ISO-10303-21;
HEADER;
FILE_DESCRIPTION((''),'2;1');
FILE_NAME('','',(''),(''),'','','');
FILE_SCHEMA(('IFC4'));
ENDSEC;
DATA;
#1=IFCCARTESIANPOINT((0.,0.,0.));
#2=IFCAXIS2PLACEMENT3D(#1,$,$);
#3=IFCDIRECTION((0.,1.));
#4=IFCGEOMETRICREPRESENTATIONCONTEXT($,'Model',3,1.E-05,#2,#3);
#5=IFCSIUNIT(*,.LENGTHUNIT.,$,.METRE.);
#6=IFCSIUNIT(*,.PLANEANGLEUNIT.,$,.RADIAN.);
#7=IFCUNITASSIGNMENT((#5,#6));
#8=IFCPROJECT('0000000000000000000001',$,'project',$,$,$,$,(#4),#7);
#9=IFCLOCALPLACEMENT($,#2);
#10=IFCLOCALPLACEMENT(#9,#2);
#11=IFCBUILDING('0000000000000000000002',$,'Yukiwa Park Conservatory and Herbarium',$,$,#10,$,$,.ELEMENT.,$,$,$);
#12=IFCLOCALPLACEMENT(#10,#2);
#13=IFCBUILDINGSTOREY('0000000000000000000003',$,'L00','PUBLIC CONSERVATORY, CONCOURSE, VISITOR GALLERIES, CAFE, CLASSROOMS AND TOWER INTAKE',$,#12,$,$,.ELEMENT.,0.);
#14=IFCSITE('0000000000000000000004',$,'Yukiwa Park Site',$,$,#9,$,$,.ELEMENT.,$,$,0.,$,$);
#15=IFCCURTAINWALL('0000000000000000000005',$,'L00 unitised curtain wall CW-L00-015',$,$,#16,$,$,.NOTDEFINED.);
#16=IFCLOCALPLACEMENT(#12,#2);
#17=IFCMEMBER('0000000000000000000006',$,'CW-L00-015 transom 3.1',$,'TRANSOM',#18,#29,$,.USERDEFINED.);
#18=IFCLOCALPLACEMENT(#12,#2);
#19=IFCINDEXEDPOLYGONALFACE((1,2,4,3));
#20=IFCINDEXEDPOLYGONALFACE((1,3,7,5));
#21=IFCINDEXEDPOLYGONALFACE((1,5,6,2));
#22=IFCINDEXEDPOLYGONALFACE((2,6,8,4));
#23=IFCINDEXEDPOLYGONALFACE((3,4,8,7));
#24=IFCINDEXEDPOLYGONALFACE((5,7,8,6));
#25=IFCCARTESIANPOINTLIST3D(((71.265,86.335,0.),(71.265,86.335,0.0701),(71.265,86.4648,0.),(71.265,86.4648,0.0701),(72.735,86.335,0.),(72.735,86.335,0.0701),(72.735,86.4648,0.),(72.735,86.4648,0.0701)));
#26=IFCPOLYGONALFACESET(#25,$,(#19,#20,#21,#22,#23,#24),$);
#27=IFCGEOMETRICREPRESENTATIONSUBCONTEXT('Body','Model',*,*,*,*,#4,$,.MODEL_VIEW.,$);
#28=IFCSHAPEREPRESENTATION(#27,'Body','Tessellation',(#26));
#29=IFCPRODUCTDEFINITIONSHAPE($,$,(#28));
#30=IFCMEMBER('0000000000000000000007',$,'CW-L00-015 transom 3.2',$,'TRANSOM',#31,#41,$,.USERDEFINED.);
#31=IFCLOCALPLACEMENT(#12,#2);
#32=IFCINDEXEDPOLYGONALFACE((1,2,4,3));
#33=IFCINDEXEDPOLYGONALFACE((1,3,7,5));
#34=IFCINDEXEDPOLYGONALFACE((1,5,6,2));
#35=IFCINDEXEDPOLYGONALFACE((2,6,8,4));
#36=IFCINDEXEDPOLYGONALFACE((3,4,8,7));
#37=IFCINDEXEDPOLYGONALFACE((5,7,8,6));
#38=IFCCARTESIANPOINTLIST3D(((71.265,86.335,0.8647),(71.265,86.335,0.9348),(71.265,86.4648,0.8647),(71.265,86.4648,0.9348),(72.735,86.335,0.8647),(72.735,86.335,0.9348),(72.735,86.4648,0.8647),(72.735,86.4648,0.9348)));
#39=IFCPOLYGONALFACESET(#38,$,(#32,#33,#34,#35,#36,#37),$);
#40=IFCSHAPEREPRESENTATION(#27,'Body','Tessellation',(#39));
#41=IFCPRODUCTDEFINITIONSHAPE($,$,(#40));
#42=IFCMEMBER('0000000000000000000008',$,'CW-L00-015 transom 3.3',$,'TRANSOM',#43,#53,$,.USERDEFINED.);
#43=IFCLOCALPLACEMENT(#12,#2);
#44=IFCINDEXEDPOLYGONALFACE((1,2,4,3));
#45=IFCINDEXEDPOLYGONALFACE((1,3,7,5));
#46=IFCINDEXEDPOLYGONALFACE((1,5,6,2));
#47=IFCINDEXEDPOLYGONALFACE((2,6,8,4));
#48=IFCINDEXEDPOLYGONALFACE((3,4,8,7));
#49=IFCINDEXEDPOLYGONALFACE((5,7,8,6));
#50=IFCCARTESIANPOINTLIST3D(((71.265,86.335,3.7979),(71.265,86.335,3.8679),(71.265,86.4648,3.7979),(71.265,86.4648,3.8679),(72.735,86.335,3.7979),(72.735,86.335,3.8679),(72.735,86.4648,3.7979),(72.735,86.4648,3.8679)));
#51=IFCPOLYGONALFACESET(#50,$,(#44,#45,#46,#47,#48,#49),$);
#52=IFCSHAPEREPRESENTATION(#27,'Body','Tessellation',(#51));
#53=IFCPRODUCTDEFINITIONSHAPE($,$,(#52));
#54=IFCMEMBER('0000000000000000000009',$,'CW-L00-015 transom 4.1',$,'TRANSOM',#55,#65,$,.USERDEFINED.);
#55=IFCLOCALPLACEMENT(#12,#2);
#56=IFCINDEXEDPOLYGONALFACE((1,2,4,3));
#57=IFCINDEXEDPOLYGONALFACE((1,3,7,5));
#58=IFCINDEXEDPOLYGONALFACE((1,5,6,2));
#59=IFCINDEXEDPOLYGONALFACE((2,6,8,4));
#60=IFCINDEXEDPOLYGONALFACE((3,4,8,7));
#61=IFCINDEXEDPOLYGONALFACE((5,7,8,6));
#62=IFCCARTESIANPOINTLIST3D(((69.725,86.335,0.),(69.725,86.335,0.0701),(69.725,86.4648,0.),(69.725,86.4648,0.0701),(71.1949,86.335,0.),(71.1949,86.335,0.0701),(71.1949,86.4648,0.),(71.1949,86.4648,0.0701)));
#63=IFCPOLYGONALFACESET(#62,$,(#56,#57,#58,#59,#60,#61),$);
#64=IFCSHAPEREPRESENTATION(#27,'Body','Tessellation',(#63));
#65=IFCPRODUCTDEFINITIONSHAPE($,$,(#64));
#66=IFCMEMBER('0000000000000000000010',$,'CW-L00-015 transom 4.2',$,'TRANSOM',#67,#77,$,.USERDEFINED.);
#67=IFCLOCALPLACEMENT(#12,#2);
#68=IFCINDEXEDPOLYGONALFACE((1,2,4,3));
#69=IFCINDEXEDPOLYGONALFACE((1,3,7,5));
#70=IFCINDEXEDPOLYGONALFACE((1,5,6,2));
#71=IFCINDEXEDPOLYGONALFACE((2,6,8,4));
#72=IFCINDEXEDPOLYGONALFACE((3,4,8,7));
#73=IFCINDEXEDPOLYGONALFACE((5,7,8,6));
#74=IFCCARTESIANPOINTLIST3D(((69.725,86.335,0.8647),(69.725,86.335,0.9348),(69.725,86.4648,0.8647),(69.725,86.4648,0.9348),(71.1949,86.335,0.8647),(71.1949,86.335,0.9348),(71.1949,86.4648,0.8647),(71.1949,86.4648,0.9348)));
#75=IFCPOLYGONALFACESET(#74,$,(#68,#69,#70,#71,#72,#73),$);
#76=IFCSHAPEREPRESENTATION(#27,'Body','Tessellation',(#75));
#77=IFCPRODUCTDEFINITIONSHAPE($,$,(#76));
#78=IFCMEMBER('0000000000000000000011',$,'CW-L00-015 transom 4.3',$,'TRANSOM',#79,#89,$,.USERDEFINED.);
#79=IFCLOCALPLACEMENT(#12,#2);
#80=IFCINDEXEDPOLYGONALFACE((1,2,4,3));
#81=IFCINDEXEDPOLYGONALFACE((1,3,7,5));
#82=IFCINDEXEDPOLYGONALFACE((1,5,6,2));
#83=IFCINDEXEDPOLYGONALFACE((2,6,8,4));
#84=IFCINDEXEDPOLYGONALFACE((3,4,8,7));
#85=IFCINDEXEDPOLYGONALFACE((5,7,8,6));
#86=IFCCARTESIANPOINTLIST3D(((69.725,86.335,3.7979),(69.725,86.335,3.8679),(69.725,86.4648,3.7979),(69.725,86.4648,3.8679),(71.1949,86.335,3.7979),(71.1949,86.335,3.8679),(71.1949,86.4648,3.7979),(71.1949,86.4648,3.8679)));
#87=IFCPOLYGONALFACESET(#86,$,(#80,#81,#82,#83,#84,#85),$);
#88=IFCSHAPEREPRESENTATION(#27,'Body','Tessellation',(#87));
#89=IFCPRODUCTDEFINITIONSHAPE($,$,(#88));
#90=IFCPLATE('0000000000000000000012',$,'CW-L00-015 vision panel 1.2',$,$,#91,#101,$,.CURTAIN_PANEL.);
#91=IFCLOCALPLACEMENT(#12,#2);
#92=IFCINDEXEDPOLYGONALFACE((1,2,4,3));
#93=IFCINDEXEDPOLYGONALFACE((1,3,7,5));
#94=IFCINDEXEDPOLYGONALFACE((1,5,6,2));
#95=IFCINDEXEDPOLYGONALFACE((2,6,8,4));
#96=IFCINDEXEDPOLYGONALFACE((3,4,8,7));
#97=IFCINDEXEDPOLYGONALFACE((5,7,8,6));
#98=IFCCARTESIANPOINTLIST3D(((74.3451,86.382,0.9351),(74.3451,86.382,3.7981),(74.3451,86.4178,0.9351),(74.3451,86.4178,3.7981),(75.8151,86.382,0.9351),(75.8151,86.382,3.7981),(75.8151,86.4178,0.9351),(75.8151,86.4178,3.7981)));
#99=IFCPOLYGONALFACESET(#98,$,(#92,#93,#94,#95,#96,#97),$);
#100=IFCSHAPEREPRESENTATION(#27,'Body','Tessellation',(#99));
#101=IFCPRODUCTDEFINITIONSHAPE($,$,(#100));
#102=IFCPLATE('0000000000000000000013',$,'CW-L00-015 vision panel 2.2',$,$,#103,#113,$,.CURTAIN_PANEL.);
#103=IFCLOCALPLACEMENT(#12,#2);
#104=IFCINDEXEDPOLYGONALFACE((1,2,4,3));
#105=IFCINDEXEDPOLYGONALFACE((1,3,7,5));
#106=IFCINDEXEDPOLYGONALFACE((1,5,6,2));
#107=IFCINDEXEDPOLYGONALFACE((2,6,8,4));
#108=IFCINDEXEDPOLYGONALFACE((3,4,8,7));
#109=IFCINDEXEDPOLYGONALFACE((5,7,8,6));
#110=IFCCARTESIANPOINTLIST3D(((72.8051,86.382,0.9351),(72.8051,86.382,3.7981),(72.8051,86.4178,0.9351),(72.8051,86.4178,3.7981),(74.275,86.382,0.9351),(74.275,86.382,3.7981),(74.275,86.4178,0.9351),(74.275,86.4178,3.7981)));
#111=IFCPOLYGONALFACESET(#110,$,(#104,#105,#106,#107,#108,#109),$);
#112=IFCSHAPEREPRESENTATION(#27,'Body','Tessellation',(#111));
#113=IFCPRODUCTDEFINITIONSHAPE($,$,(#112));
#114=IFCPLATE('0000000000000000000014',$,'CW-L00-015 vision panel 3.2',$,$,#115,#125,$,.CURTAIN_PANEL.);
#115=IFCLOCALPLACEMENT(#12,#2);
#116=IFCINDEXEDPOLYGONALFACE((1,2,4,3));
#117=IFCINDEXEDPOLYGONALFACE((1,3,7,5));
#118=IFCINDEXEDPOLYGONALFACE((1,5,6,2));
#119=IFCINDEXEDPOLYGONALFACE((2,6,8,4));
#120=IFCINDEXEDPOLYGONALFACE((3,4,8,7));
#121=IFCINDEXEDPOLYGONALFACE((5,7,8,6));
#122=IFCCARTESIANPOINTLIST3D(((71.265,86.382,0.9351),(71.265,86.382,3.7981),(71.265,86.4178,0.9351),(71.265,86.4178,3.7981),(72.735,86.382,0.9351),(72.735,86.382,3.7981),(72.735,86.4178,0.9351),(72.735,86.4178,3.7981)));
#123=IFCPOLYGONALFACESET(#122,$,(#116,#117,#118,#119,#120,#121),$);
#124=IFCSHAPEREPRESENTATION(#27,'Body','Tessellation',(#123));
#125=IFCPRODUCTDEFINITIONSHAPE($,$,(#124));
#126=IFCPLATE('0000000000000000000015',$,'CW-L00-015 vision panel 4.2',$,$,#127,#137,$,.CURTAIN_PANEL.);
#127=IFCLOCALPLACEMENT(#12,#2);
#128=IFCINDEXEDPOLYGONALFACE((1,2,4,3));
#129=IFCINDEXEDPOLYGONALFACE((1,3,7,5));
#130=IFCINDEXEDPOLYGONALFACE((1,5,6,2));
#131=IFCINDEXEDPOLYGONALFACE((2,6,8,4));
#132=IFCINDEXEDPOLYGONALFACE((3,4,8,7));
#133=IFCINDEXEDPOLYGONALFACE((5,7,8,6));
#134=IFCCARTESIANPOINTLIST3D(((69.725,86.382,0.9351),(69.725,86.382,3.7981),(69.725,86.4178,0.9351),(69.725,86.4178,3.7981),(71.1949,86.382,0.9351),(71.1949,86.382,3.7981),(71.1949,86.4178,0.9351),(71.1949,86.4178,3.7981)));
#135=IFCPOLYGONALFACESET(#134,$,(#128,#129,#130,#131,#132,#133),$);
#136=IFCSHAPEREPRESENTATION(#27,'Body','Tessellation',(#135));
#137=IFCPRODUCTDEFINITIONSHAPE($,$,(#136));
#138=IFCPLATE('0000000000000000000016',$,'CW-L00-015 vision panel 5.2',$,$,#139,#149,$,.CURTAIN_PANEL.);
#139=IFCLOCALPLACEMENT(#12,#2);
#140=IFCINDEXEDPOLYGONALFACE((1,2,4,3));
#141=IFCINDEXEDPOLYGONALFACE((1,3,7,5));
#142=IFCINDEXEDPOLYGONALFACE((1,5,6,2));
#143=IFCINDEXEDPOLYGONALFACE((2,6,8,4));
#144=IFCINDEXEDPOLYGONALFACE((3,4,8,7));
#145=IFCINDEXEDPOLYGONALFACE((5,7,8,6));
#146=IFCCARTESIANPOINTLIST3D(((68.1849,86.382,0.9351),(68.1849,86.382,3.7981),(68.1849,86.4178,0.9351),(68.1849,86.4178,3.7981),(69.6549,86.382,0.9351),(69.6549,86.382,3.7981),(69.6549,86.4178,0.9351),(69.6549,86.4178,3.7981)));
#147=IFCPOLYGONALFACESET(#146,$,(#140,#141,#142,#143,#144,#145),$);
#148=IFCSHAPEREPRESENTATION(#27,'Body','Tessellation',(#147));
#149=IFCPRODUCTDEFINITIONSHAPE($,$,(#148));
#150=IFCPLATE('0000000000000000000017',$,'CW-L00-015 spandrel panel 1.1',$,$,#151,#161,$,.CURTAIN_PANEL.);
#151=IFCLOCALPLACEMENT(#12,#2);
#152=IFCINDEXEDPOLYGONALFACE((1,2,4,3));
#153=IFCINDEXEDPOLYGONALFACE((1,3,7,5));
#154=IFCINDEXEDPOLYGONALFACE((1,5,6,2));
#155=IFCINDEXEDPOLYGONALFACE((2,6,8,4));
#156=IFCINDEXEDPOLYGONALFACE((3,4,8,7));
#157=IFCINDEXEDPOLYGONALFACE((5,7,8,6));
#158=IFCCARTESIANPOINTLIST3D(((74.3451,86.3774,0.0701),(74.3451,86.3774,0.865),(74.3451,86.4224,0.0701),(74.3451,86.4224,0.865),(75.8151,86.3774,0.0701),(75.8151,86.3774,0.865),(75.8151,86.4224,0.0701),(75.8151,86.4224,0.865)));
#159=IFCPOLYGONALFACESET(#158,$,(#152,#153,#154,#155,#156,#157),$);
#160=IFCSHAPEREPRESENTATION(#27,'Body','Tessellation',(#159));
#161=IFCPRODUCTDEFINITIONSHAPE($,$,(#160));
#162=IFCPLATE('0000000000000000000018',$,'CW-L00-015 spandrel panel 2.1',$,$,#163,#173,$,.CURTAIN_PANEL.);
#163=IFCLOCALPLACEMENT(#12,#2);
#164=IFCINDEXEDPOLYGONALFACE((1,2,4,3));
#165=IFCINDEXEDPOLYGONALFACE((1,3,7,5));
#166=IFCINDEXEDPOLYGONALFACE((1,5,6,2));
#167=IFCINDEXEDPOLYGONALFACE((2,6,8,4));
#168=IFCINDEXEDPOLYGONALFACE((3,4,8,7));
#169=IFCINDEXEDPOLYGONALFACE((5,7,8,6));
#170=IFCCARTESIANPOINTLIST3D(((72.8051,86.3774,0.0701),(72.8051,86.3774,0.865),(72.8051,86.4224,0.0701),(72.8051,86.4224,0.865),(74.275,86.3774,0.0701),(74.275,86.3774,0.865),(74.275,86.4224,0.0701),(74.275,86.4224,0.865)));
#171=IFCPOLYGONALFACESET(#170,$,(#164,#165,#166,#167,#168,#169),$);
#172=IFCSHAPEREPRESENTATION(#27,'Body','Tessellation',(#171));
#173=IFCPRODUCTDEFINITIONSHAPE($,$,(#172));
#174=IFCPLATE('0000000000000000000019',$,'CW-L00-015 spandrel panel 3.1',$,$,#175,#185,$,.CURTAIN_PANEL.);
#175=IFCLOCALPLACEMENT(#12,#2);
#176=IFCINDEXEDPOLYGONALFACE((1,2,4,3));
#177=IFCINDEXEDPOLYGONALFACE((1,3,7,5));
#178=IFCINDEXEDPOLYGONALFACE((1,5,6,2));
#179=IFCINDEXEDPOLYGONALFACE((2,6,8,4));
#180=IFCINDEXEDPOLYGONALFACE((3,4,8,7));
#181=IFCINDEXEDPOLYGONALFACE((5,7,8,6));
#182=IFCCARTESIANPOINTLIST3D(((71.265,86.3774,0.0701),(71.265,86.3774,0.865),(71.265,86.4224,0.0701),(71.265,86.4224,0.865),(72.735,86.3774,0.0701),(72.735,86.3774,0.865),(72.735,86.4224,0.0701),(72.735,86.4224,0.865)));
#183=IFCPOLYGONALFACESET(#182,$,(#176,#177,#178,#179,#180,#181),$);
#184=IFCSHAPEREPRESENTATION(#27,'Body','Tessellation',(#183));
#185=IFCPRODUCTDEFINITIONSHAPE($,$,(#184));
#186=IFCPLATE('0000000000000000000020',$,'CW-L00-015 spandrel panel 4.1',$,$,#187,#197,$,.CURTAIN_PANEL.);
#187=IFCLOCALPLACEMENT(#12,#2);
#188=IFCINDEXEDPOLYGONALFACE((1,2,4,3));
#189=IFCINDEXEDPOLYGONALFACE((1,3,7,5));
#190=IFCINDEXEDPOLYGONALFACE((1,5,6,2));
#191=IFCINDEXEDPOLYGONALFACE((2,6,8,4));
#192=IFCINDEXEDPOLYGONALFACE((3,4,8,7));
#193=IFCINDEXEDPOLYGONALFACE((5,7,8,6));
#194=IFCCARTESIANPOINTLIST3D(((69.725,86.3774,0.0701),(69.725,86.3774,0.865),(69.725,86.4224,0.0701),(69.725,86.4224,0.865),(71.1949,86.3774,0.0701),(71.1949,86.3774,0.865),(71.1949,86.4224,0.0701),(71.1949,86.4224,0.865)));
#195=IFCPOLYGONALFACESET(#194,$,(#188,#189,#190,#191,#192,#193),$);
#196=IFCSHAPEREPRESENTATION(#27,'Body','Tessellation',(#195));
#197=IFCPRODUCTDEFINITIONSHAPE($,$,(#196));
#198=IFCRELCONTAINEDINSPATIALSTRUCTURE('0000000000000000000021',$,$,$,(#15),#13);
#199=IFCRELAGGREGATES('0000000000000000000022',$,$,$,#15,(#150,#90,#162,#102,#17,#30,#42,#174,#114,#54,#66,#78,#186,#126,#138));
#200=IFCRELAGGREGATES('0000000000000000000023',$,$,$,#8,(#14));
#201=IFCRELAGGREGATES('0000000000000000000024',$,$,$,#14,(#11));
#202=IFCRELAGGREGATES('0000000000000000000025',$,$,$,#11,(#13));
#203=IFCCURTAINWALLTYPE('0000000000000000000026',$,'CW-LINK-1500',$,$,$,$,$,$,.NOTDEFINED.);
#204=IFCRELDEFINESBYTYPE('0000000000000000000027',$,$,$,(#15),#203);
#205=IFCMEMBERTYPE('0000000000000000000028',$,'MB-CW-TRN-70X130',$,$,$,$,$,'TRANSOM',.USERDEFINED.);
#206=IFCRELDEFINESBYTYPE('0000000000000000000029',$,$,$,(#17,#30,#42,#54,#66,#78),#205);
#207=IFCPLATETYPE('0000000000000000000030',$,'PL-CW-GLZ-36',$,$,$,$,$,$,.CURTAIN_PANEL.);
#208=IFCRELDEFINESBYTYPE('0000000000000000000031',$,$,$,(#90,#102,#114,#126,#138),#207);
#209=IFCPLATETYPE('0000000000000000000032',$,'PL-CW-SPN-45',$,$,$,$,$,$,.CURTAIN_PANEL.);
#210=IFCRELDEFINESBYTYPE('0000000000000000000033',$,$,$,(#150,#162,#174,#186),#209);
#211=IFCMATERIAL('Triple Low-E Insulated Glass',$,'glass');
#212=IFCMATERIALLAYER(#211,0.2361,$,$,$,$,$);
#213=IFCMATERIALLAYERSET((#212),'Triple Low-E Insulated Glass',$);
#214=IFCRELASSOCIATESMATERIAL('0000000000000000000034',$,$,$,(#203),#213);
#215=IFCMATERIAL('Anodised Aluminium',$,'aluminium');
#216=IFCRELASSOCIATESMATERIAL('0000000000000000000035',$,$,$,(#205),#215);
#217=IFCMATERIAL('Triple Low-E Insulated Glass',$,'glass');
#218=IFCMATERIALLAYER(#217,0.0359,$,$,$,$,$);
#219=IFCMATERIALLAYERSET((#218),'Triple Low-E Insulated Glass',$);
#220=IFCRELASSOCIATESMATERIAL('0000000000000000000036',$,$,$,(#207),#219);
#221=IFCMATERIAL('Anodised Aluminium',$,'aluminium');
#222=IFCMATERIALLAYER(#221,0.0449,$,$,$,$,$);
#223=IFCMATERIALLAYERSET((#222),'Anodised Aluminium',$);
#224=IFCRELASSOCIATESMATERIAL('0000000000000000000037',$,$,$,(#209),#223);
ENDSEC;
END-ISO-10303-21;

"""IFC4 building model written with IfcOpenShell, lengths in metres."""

from ifc_helpers import new_model, si_unit, direction, frame, origin, origin_2d, place, context, subcontext, project, spatial, rectangle, extrude, material, layer, layer_set, type_object, element, aggregate, save


model = new_model("IFC4")

# Units and contexts
model_context = context("Model", 3, precision=1e-05, world=origin(), true_north=direction((0.0, 1.0)))
body_context = subcontext(model_context, "Body", "Model", "MODEL_VIEW")
ifc_project = project(units=[si_unit("LENGTHUNIT", "METRE"), si_unit("PLANEANGLEUNIT", "RADIAN")], contexts=[model_context])

# Site, building, storey
site_placement = place(None, origin())
site = spatial("IfcSite", under=ifc_project, at=site_placement, Name="Yukiwa Park Site", CompositionType="ELEMENT", RefElevation=0.0)
building_placement = place(site_placement, origin())
building = spatial("IfcBuilding", under=site, at=building_placement, Name="Yukiwa Park Conservatory and Herbarium", CompositionType="ELEMENT")
storey_placement = place(building_placement, origin())
storey = spatial("IfcBuildingStorey", under=building, at=storey_placement, Name="L00", Description="PUBLIC CONSERVATORY, CONCOURSE, VISITOR GALLERIES, CAFE, CLASSROOMS AND TOWER INTAKE", CompositionType="ELEMENT", Elevation=0.0)

# Curtain wall, members, plates
ifc_material_1 = material(Name="Triple Low-E Insulated Glass", Category="glass")
ifc_layer_1 = layer(ifc_material_1, 0.2361)
ifc_layer_set_1 = layer_set([ifc_layer_1], Name="Triple Low-E Insulated Glass")
curtain_wall_type = type_object("IfcCurtainWallType", Name="CW-LINK-1500", PredefinedType="NOTDEFINED", material=ifc_layer_set_1)
curtain_wall_placement = place(storey_placement, origin())
curtain_wall = element("IfcCurtainWall", 1, at=curtain_wall_placement, inside=storey, type_object=curtain_wall_type, Name="L00 unitised curtain wall CW-L00-015", PredefinedType="NOTDEFINED")
ifc_material_2 = material(Name="Anodised Aluminium", Category="aluminium")
member_type_1 = type_object("IfcMemberType", Name="MB-CW-TRN-70X130", ElementType="TRANSOM", PredefinedType="USERDEFINED", material=ifc_material_2)
member_1_placement = place(storey_placement, frame((72.0, 86.3999, 0.0), z_axis=(0.0, 0.0, 1.0), x_axis=(-1.0, 0.0, 0.0)))
member_1 = element("IfcMember", 2, at=member_1_placement, type_object=member_type_1, Name="CW-L00-015 transom 3.1", ObjectType="TRANSOM", PredefinedType="USERDEFINED", context=body_context, shape_type="SweptSolid", body=[
    extrude(rectangle(XDim=1.47, YDim=0.1299, at=origin_2d()), origin(), (0.0, 0.0, 1.0), 0.0701),
])
member_2_placement = place(storey_placement, frame((72.0, 86.3999, 0.8647), z_axis=(0.0, 0.0, 1.0), x_axis=(-1.0, 0.0, 0.0)))
member_2 = element("IfcMember", 3, at=member_2_placement, type_object=member_type_1, Name="CW-L00-015 transom 3.2", ObjectType="TRANSOM", PredefinedType="USERDEFINED", context=body_context, shape_type="SweptSolid", body=[
    extrude(rectangle(XDim=1.47, YDim=0.1299, at=origin_2d()), origin(), (0.0, 0.0, 1.0), 0.0701),
])
member_3_placement = place(storey_placement, frame((72.0, 86.3999, 3.7979), z_axis=(0.0, 0.0, 1.0), x_axis=(-1.0, 0.0, 0.0)))
member_3 = element("IfcMember", 4, at=member_3_placement, type_object=member_type_1, Name="CW-L00-015 transom 3.3", ObjectType="TRANSOM", PredefinedType="USERDEFINED", context=body_context, shape_type="SweptSolid", body=[
    extrude(rectangle(XDim=1.47, YDim=0.1299, at=origin_2d()), origin(), (0.0, 0.0, 1.0), 0.0701),
])
member_4_placement = place(storey_placement, frame((70.46, 86.3999, 0.0), z_axis=(0.0, 0.0, 1.0), x_axis=(-1.0, 0.0, 0.0)))
member_4 = element("IfcMember", 5, at=member_4_placement, type_object=member_type_1, Name="CW-L00-015 transom 4.1", ObjectType="TRANSOM", PredefinedType="USERDEFINED", context=body_context, shape_type="SweptSolid", body=[
    extrude(rectangle(XDim=1.47, YDim=0.1299, at=origin_2d()), origin(), (0.0, 0.0, 1.0), 0.0701),
])
member_5_placement = place(storey_placement, frame((70.46, 86.3999, 0.8647), z_axis=(0.0, 0.0, 1.0), x_axis=(-1.0, 0.0, 0.0)))
member_5 = element("IfcMember", 6, at=member_5_placement, type_object=member_type_1, Name="CW-L00-015 transom 4.2", ObjectType="TRANSOM", PredefinedType="USERDEFINED", context=body_context, shape_type="SweptSolid", body=[
    extrude(rectangle(XDim=1.47, YDim=0.1299, at=origin_2d()), origin(), (0.0, 0.0, 1.0), 0.0701),
])
member_6_placement = place(storey_placement, frame((70.46, 86.3999, 3.7979), z_axis=(0.0, 0.0, 1.0), x_axis=(-1.0, 0.0, 0.0)))
member_6 = element("IfcMember", 7, at=member_6_placement, type_object=member_type_1, Name="CW-L00-015 transom 4.3", ObjectType="TRANSOM", PredefinedType="USERDEFINED", context=body_context, shape_type="SweptSolid", body=[
    extrude(rectangle(XDim=1.47, YDim=0.1299, at=origin_2d()), origin(), (0.0, 0.0, 1.0), 0.0701),
])
ifc_material_3 = material(Name="Triple Low-E Insulated Glass", Category="glass")
ifc_layer_2 = layer(ifc_material_3, 0.0359)
ifc_layer_set_2 = layer_set([ifc_layer_2], Name="Triple Low-E Insulated Glass")
plate_type_1 = type_object("IfcPlateType", Name="PL-CW-GLZ-36", PredefinedType="CURTAIN_PANEL", material=ifc_layer_set_2)
plate_1_placement = place(storey_placement, frame((75.0801, 86.3999, 0.9351), z_axis=(0.0, 0.0, 1.0), x_axis=(-1.0, 0.0, 0.0)))
plate_1 = element("IfcPlate", 8, at=plate_1_placement, type_object=plate_type_1, Name="CW-L00-015 vision panel 1.2", PredefinedType="CURTAIN_PANEL", context=body_context, shape_type="SweptSolid", body=[
    extrude(rectangle(XDim=1.47, YDim=0.0359, at=origin_2d()), origin(), (0.0, 0.0, 1.0), 2.863),
])
plate_2_placement = place(storey_placement, frame((73.54, 86.3999, 0.9351), z_axis=(0.0, 0.0, 1.0), x_axis=(-1.0, 0.0, 0.0)))
plate_2 = element("IfcPlate", 9, at=plate_2_placement, type_object=plate_type_1, Name="CW-L00-015 vision panel 2.2", PredefinedType="CURTAIN_PANEL", context=body_context, shape_type="SweptSolid", body=[
    extrude(rectangle(XDim=1.47, YDim=0.0359, at=origin_2d()), origin(), (0.0, 0.0, 1.0), 2.863),
])
plate_3_placement = place(storey_placement, frame((72.0, 86.3999, 0.9351), z_axis=(0.0, 0.0, 1.0), x_axis=(-1.0, 0.0, 0.0)))
plate_3 = element("IfcPlate", 10, at=plate_3_placement, type_object=plate_type_1, Name="CW-L00-015 vision panel 3.2", PredefinedType="CURTAIN_PANEL", context=body_context, shape_type="SweptSolid", body=[
    extrude(rectangle(XDim=1.47, YDim=0.0359, at=origin_2d()), origin(), (0.0, 0.0, 1.0), 2.863),
])
plate_4_placement = place(storey_placement, frame((70.46, 86.3999, 0.9351), z_axis=(0.0, 0.0, 1.0), x_axis=(-1.0, 0.0, 0.0)))
plate_4 = element("IfcPlate", 11, at=plate_4_placement, type_object=plate_type_1, Name="CW-L00-015 vision panel 4.2", PredefinedType="CURTAIN_PANEL", context=body_context, shape_type="SweptSolid", body=[
    extrude(rectangle(XDim=1.47, YDim=0.0359, at=origin_2d()), origin(), (0.0, 0.0, 1.0), 2.863),
])
plate_5_placement = place(storey_placement, frame((68.9199, 86.3999, 0.9351), z_axis=(0.0, 0.0, 1.0), x_axis=(-1.0, 0.0, 0.0)))
plate_5 = element("IfcPlate", 12, at=plate_5_placement, type_object=plate_type_1, Name="CW-L00-015 vision panel 5.2", PredefinedType="CURTAIN_PANEL", context=body_context, shape_type="SweptSolid", body=[
    extrude(rectangle(XDim=1.47, YDim=0.0359, at=origin_2d()), origin(), (0.0, 0.0, 1.0), 2.863),
])
ifc_material_4 = material(Name="Anodised Aluminium", Category="aluminium")
ifc_layer_3 = layer(ifc_material_4, 0.0449)
ifc_layer_set_3 = layer_set([ifc_layer_3], Name="Anodised Aluminium")
plate_type_2 = type_object("IfcPlateType", Name="PL-CW-SPN-45", PredefinedType="CURTAIN_PANEL", material=ifc_layer_set_3)
plate_6_placement = place(storey_placement, frame((75.0801, 86.3999, 0.0701), z_axis=(0.0, 0.0, 1.0), x_axis=(-1.0, 0.0, 0.0)))
plate_6 = element("IfcPlate", 13, at=plate_6_placement, type_object=plate_type_2, Name="CW-L00-015 spandrel panel 1.1", PredefinedType="CURTAIN_PANEL", context=body_context, shape_type="SweptSolid", body=[
    extrude(rectangle(XDim=1.47, YDim=0.0449, at=origin_2d()), origin(), (0.0, 0.0, 1.0), 0.7949),
])
plate_7_placement = place(storey_placement, frame((73.54, 86.3999, 0.0701), z_axis=(0.0, 0.0, 1.0), x_axis=(-1.0, 0.0, 0.0)))
plate_7 = element("IfcPlate", 14, at=plate_7_placement, type_object=plate_type_2, Name="CW-L00-015 spandrel panel 2.1", PredefinedType="CURTAIN_PANEL", context=body_context, shape_type="SweptSolid", body=[
    extrude(rectangle(XDim=1.47, YDim=0.0449, at=origin_2d()), origin(), (0.0, 0.0, 1.0), 0.7949),
])
plate_8_placement = place(storey_placement, frame((72.0, 86.3999, 0.0701), z_axis=(0.0, 0.0, 1.0), x_axis=(-1.0, 0.0, 0.0)))
plate_8 = element("IfcPlate", 15, at=plate_8_placement, type_object=plate_type_2, Name="CW-L00-015 spandrel panel 3.1", PredefinedType="CURTAIN_PANEL", context=body_context, shape_type="SweptSolid", body=[
    extrude(rectangle(XDim=1.47, YDim=0.0449, at=origin_2d()), origin(), (0.0, 0.0, 1.0), 0.7949),
])
plate_9_placement = place(storey_placement, frame((70.46, 86.3999, 0.0701), z_axis=(0.0, 0.0, 1.0), x_axis=(-1.0, 0.0, 0.0)))
plate_9 = element("IfcPlate", 16, at=plate_9_placement, type_object=plate_type_2, Name="CW-L00-015 spandrel panel 4.1", PredefinedType="CURTAIN_PANEL", context=body_context, shape_type="SweptSolid", body=[
    extrude(rectangle(XDim=1.47, YDim=0.0449, at=origin_2d()), origin(), (0.0, 0.0, 1.0), 0.7949),
])
aggregate(curtain_wall, [plate_6, plate_1, plate_7, plate_2, member_1, member_2, member_3, plate_8, plate_3, member_4, member_5, member_6, plate_9, plate_4, plate_5])

save(model, "model.ifc")
